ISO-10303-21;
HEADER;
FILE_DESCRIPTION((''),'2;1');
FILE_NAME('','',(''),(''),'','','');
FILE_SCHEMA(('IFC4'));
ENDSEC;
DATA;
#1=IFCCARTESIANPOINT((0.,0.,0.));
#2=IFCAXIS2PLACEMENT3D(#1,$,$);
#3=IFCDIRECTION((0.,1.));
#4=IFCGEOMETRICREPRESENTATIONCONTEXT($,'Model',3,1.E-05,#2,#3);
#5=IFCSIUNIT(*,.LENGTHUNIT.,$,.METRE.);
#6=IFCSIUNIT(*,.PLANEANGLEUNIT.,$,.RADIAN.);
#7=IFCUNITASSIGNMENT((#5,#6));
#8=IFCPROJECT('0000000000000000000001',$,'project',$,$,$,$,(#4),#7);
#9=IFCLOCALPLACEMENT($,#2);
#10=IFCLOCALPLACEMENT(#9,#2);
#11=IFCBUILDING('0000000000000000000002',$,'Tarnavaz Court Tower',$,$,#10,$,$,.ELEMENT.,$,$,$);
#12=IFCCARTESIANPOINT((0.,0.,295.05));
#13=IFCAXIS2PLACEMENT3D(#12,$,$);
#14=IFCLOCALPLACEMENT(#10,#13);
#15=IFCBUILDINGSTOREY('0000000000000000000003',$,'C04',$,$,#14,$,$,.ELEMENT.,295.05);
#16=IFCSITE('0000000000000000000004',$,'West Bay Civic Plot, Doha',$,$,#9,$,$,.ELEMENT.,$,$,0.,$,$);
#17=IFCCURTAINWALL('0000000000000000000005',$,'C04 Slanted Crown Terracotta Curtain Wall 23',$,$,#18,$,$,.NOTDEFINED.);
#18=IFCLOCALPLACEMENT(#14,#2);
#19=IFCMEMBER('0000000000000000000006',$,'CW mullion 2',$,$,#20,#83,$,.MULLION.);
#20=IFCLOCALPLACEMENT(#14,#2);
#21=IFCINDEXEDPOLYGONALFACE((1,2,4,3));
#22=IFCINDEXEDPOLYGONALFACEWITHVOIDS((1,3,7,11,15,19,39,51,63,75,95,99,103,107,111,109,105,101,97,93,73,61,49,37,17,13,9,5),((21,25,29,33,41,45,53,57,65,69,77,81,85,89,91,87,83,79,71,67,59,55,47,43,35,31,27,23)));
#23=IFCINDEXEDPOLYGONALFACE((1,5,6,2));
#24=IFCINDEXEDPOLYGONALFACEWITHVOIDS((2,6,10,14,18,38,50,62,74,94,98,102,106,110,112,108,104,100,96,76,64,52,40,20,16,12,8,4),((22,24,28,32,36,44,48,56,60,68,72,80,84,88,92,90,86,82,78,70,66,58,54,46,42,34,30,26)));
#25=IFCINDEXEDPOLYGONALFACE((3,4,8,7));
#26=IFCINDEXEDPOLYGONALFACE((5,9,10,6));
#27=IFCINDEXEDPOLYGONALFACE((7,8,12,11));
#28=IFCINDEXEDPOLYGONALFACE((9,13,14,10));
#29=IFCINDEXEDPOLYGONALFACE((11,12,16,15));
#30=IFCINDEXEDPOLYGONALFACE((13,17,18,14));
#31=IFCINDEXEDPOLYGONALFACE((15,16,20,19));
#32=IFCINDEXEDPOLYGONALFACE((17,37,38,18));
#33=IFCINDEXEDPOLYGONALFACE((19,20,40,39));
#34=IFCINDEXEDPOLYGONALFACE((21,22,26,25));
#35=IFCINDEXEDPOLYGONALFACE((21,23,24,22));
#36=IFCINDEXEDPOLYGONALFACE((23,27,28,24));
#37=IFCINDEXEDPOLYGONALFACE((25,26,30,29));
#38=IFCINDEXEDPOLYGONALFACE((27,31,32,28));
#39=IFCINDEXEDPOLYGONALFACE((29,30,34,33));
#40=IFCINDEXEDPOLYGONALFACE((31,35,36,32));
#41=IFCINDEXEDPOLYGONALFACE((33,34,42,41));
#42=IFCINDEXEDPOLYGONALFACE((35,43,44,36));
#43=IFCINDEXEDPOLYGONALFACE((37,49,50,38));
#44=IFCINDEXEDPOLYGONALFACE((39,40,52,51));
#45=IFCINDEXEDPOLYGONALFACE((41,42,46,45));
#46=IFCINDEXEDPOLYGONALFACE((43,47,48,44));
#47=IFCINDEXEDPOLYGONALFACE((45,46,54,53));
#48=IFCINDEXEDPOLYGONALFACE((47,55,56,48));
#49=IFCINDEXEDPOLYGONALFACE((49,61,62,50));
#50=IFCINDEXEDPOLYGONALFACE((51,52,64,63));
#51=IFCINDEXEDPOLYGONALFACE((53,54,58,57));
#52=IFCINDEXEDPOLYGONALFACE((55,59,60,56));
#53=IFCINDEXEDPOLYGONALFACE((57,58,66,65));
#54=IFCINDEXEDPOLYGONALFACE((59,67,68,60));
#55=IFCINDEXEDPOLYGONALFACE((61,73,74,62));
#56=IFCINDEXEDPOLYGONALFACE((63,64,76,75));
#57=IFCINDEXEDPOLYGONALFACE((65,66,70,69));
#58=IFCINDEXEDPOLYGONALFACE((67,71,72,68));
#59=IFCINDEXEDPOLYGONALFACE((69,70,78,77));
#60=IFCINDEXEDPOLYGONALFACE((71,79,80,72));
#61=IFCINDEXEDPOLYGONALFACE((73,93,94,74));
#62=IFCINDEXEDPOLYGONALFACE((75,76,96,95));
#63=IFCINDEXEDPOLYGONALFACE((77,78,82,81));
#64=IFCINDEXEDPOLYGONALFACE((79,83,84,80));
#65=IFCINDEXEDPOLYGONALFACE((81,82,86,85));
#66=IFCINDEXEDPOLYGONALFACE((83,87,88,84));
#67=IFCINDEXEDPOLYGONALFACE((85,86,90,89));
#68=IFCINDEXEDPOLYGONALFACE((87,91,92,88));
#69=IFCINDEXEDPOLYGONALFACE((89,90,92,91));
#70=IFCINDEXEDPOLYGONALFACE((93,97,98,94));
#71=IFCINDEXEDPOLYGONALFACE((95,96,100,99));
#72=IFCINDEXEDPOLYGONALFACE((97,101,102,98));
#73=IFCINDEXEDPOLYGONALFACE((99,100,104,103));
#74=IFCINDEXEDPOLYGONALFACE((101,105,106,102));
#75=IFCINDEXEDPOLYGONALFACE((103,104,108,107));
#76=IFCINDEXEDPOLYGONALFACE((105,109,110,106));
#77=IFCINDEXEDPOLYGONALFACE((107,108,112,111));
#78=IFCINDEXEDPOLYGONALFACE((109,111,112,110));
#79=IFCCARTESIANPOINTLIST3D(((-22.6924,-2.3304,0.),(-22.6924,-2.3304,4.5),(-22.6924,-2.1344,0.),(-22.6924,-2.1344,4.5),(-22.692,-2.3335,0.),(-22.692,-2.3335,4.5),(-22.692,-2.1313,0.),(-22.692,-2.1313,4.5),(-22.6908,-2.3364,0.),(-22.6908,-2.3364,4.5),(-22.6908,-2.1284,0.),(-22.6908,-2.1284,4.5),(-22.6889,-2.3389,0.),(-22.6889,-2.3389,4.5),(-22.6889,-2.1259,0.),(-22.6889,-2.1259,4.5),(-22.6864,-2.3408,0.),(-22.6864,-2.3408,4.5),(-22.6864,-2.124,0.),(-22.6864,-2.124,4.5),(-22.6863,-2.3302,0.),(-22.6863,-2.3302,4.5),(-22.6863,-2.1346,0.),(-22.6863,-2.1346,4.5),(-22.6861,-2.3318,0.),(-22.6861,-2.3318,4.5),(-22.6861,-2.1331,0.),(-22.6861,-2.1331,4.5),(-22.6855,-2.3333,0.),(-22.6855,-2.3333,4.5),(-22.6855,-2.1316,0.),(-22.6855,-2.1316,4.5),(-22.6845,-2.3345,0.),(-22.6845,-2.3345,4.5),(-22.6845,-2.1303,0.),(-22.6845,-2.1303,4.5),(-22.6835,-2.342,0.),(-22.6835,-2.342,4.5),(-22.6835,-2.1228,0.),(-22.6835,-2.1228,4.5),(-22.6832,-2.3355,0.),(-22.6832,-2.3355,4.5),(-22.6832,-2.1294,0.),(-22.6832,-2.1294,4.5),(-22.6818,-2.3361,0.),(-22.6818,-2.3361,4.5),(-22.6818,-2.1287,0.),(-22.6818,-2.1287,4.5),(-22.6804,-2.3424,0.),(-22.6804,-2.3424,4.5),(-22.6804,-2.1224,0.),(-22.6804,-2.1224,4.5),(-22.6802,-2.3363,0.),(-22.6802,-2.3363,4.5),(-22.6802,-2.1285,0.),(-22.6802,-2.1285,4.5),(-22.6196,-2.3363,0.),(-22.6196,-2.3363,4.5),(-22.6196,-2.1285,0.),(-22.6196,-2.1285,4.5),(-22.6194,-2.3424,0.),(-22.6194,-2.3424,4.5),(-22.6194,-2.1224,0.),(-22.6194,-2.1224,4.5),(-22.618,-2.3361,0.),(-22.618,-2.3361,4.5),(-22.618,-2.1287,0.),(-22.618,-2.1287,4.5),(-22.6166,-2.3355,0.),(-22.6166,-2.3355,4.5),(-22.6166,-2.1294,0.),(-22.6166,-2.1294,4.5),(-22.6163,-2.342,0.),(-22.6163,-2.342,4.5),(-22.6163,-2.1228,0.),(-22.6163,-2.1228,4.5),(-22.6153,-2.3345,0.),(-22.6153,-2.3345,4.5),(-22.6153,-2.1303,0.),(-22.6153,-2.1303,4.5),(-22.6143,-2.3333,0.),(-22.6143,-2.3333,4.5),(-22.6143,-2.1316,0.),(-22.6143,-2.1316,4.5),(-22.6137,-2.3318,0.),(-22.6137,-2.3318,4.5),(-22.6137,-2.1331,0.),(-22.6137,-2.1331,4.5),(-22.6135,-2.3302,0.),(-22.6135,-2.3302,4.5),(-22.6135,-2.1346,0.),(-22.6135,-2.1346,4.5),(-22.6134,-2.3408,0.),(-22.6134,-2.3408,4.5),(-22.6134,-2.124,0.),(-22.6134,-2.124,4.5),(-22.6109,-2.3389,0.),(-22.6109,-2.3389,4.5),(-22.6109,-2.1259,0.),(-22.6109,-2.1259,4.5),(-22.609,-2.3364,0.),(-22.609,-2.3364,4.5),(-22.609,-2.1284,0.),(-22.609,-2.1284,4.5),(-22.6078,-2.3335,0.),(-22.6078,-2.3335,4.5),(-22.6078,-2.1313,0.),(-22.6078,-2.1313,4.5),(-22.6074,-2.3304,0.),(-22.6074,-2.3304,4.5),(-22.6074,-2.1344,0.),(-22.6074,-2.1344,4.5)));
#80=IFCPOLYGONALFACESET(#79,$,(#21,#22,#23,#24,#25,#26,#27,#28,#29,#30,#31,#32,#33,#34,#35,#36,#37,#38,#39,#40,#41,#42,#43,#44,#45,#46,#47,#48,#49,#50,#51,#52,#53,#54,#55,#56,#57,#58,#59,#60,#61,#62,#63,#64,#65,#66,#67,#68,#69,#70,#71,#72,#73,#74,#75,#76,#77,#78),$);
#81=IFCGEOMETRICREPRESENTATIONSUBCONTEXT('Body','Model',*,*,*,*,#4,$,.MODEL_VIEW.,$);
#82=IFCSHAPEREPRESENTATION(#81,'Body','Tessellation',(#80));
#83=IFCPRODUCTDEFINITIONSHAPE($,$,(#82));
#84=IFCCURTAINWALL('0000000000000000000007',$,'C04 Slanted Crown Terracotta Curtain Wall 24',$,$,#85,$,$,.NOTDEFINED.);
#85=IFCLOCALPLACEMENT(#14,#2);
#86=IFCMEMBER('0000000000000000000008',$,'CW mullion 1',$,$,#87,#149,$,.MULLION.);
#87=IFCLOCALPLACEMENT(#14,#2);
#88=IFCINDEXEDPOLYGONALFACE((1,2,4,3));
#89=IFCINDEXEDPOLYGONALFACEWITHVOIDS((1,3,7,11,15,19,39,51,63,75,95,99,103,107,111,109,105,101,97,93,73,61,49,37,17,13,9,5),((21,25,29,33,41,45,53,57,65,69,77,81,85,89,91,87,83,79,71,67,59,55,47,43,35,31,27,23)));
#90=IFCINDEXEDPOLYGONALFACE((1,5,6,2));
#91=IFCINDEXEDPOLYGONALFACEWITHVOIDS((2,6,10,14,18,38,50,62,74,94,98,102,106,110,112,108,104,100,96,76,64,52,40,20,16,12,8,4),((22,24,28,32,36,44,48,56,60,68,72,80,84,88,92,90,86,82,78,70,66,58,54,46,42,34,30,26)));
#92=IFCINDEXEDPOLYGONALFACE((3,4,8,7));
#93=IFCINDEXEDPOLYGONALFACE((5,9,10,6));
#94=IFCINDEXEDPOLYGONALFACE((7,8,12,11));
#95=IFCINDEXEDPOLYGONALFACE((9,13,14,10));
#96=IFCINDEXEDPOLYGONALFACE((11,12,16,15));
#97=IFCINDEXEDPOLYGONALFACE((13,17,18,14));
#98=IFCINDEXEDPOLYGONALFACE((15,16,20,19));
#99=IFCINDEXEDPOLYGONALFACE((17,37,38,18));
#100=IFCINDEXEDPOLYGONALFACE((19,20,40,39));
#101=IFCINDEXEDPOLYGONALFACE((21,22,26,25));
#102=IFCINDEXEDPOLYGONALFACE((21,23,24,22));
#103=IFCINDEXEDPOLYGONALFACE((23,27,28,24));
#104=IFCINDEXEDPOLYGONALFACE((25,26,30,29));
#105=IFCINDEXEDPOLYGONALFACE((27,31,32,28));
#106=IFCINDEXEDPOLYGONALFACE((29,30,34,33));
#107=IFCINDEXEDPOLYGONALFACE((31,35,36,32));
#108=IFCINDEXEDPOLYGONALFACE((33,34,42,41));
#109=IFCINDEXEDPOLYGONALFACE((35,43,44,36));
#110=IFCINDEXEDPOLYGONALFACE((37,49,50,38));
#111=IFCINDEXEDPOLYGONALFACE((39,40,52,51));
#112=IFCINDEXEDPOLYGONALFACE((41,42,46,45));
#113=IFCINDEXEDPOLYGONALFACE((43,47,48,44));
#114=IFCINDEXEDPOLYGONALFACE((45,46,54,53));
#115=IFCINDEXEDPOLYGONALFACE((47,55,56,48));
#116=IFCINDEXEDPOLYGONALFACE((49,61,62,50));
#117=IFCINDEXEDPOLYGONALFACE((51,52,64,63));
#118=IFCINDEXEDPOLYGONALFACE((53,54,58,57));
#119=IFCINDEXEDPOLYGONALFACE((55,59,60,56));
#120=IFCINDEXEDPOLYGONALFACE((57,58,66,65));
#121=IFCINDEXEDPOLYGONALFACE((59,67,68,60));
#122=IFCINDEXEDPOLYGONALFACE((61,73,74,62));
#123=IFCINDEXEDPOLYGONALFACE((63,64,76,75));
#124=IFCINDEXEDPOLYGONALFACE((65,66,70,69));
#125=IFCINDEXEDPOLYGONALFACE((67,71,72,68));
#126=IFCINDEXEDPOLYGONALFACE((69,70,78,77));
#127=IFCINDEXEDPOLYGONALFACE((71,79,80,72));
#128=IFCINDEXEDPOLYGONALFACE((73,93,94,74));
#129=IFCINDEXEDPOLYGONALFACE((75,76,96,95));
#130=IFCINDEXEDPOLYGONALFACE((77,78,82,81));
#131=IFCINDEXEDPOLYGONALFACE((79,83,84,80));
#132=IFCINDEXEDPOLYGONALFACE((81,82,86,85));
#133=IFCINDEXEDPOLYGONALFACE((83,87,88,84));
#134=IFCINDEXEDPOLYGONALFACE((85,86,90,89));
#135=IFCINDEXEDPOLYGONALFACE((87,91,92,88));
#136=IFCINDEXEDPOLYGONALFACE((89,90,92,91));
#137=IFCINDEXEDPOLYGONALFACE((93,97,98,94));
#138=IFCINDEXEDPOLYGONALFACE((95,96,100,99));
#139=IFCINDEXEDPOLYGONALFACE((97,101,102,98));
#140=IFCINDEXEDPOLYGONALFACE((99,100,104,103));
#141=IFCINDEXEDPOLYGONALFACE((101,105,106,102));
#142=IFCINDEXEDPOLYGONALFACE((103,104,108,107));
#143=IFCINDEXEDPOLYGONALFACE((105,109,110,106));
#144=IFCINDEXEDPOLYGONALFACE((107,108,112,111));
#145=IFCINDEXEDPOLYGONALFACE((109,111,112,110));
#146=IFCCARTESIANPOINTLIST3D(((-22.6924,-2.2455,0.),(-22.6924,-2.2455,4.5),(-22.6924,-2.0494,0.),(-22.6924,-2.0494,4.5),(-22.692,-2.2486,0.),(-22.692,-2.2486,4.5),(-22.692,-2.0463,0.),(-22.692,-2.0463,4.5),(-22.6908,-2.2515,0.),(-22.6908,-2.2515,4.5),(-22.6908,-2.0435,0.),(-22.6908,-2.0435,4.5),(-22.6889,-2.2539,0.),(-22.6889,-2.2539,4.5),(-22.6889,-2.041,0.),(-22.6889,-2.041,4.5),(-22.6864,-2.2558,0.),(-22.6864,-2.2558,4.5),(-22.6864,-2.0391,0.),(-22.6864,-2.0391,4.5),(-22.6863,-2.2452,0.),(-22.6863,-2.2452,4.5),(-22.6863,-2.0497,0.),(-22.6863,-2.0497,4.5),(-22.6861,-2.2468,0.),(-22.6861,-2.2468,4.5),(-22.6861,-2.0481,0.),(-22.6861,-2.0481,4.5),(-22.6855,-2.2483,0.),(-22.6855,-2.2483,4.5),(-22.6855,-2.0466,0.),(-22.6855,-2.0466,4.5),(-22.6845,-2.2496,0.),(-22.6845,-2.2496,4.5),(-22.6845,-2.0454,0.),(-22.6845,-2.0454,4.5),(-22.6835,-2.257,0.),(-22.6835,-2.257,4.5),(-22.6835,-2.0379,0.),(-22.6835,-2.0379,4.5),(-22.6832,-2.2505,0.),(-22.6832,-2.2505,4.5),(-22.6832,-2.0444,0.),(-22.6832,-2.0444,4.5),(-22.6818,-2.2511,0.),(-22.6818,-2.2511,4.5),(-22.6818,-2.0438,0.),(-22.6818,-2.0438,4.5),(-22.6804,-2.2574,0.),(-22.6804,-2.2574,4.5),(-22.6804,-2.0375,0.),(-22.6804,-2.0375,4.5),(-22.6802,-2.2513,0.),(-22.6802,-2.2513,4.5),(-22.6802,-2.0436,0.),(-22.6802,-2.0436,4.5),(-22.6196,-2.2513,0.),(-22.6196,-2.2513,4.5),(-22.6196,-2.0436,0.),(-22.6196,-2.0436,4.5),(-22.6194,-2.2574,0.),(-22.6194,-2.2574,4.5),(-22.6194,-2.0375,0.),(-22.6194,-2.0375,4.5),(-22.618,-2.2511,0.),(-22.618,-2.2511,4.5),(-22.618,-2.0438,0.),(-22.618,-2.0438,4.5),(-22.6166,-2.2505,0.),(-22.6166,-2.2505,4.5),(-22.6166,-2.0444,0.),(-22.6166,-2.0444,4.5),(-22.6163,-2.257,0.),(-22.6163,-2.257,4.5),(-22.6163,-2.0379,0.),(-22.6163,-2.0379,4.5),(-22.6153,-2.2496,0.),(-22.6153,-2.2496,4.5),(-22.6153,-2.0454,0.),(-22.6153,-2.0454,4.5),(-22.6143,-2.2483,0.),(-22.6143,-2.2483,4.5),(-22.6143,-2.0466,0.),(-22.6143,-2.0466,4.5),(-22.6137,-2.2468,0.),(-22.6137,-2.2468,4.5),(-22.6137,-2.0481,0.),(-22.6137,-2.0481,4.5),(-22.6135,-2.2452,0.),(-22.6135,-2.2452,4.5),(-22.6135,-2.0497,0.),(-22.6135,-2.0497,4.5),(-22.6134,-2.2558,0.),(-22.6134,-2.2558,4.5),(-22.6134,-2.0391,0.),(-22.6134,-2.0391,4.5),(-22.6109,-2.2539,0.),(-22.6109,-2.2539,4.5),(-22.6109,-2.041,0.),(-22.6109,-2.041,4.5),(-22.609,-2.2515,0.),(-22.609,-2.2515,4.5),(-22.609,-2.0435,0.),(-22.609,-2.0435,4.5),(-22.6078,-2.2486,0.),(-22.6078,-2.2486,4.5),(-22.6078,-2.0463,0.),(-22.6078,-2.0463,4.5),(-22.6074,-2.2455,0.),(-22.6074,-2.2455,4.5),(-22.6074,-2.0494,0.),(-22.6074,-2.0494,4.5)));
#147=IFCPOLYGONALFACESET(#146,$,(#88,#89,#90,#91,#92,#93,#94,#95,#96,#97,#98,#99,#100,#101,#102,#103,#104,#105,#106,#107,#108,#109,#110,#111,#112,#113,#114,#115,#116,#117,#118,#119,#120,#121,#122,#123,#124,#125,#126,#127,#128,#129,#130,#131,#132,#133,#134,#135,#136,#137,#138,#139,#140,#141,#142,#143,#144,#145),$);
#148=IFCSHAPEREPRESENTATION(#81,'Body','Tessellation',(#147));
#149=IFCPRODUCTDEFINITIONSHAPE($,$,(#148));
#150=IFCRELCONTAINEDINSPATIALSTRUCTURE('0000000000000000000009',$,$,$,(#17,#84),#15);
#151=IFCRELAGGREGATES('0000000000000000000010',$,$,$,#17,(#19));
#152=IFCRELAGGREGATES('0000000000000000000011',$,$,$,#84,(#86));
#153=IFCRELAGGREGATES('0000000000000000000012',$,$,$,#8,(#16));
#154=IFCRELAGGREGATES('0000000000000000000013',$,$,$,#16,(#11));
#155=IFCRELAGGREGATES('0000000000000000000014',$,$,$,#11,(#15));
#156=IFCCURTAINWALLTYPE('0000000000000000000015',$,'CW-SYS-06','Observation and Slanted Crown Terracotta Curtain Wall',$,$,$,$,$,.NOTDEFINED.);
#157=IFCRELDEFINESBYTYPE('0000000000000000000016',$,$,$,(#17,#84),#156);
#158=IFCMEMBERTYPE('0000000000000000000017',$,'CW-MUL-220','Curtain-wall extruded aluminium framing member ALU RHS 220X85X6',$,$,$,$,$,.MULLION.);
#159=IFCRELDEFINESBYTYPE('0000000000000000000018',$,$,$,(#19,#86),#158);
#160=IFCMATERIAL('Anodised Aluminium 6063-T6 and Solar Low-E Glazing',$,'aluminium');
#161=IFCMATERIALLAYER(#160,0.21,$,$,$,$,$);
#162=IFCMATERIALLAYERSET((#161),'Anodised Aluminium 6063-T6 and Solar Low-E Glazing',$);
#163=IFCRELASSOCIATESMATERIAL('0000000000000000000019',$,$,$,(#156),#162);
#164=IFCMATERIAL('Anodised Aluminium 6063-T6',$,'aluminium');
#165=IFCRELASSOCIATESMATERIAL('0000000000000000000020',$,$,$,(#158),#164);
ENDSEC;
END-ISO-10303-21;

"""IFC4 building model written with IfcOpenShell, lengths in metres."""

from ifc_helpers import new_model, si_unit, direction, frame, origin, origin_2d, place, context, subcontext, project, spatial, hollow_rectangle, extrude, material, layer, layer_set, material_profile, profile_set, type_object, element, aggregate, save


model = new_model("IFC4")

# Units and contexts
model_context = context("Model", 3, precision=1e-05, world=origin(), true_north=direction((0.0, 1.0)))
body_context = subcontext(model_context, "Body", "Model", "MODEL_VIEW")
ifc_project = project(units=[si_unit("LENGTHUNIT", "METRE"), si_unit("PLANEANGLEUNIT", "RADIAN")], contexts=[model_context])

# Site, building, storey
site_placement = place(None, origin())
site = spatial("IfcSite", under=ifc_project, at=site_placement, Name="West Bay Civic Plot, Doha", CompositionType="ELEMENT", RefElevation=0.0)
building_placement = place(site_placement, origin())
building = spatial("IfcBuilding", under=site, at=building_placement, Name="Tarnavaz Court Tower", CompositionType="ELEMENT")
storey_placement = place(building_placement, frame((0.0, 0.0, 295.05)))
storey = spatial("IfcBuildingStorey", under=building, at=storey_placement, Name="C04", CompositionType="ELEMENT", Elevation=295.05)

# Shared definitions
ifc_material_1 = material(Name="Anodised Aluminium 6063-T6 and Solar Low-E Glazing", Category="aluminium")
ifc_layer_1 = layer(ifc_material_1, 0.21)
ifc_layer_set_1 = layer_set([ifc_layer_1], Name="Anodised Aluminium 6063-T6 and Solar Low-E Glazing")
curtain_wall_type = type_object("IfcCurtainWallType", Name="CW-SYS-06", Description="Observation and Slanted Crown Terracotta Curtain Wall", PredefinedType="NOTDEFINED", material=ifc_layer_set_1)
ifc_material_2 = material(Name="Anodised Aluminium 6063-T6", Category="aluminium")
ifc_material_profile_1 = material_profile(ifc_material_2, hollow_rectangle(XDim=0.085, YDim=0.22, WallThickness=0.0061, InnerFilletRadius=0.0061, OuterFilletRadius=0.012, at=origin_2d()), Name="ALU RHS 220X85X6")
ifc_profile_set_1 = profile_set([ifc_material_profile_1], Name="Anodised Aluminium 6063-T6")
member_type_1 = type_object("IfcMemberType", Name="CW-MUL-220", Description="Curtain-wall extruded aluminium framing member ALU RHS 220X85X6", PredefinedType="MULLION", material=ifc_profile_set_1)

# Curtain walls, members
curtain_wall_1_placement = place(storey_placement, origin())
curtain_wall_1 = element("IfcCurtainWall", 1, at=curtain_wall_1_placement, inside=storey, type_object=curtain_wall_type, Name="C04 Slanted Crown Terracotta Curtain Wall 23", PredefinedType="NOTDEFINED")
member_1_placement = place(storey_placement, frame((-22.6499, -2.2324, 0.0), z_axis=(0.0, 0.0, 1.0), x_axis=(-1.0, 0.0, 0.0)))
member_1 = element("IfcMember", 2, at=member_1_placement, type_object=member_type_1, Name="CW mullion 2", PredefinedType="MULLION", context=body_context, shape_type="SweptSolid", body=[
    extrude(hollow_rectangle(XDim=0.085, YDim=0.22, WallThickness=0.0061, InnerFilletRadius=0.0061, OuterFilletRadius=0.012, at=origin_2d()), origin(), (0.0, 0.0, 1.0), 4.5),
])
curtain_wall_2_placement = place(storey_placement, origin())
curtain_wall_2 = element("IfcCurtainWall", 3, at=curtain_wall_2_placement, inside=storey, type_object=curtain_wall_type, Name="C04 Slanted Crown Terracotta Curtain Wall 24", PredefinedType="NOTDEFINED")
member_2_placement = place(storey_placement, frame((-22.6499, -2.1475, 0.0), z_axis=(0.0, 0.0, 1.0), x_axis=(-1.0, 0.0, 0.0)))
member_2 = element("IfcMember", 4, at=member_2_placement, type_object=member_type_1, Name="CW mullion 1", PredefinedType="MULLION", context=body_context, shape_type="SweptSolid", body=[
    extrude(hollow_rectangle(XDim=0.085, YDim=0.22, WallThickness=0.0061, InnerFilletRadius=0.0061, OuterFilletRadius=0.012, at=origin_2d()), origin(), (0.0, 0.0, 1.0), 4.5),
])

aggregate(curtain_wall_1, [member_1])
aggregate(curtain_wall_2, [member_2])

save(model, "model.ifc")
